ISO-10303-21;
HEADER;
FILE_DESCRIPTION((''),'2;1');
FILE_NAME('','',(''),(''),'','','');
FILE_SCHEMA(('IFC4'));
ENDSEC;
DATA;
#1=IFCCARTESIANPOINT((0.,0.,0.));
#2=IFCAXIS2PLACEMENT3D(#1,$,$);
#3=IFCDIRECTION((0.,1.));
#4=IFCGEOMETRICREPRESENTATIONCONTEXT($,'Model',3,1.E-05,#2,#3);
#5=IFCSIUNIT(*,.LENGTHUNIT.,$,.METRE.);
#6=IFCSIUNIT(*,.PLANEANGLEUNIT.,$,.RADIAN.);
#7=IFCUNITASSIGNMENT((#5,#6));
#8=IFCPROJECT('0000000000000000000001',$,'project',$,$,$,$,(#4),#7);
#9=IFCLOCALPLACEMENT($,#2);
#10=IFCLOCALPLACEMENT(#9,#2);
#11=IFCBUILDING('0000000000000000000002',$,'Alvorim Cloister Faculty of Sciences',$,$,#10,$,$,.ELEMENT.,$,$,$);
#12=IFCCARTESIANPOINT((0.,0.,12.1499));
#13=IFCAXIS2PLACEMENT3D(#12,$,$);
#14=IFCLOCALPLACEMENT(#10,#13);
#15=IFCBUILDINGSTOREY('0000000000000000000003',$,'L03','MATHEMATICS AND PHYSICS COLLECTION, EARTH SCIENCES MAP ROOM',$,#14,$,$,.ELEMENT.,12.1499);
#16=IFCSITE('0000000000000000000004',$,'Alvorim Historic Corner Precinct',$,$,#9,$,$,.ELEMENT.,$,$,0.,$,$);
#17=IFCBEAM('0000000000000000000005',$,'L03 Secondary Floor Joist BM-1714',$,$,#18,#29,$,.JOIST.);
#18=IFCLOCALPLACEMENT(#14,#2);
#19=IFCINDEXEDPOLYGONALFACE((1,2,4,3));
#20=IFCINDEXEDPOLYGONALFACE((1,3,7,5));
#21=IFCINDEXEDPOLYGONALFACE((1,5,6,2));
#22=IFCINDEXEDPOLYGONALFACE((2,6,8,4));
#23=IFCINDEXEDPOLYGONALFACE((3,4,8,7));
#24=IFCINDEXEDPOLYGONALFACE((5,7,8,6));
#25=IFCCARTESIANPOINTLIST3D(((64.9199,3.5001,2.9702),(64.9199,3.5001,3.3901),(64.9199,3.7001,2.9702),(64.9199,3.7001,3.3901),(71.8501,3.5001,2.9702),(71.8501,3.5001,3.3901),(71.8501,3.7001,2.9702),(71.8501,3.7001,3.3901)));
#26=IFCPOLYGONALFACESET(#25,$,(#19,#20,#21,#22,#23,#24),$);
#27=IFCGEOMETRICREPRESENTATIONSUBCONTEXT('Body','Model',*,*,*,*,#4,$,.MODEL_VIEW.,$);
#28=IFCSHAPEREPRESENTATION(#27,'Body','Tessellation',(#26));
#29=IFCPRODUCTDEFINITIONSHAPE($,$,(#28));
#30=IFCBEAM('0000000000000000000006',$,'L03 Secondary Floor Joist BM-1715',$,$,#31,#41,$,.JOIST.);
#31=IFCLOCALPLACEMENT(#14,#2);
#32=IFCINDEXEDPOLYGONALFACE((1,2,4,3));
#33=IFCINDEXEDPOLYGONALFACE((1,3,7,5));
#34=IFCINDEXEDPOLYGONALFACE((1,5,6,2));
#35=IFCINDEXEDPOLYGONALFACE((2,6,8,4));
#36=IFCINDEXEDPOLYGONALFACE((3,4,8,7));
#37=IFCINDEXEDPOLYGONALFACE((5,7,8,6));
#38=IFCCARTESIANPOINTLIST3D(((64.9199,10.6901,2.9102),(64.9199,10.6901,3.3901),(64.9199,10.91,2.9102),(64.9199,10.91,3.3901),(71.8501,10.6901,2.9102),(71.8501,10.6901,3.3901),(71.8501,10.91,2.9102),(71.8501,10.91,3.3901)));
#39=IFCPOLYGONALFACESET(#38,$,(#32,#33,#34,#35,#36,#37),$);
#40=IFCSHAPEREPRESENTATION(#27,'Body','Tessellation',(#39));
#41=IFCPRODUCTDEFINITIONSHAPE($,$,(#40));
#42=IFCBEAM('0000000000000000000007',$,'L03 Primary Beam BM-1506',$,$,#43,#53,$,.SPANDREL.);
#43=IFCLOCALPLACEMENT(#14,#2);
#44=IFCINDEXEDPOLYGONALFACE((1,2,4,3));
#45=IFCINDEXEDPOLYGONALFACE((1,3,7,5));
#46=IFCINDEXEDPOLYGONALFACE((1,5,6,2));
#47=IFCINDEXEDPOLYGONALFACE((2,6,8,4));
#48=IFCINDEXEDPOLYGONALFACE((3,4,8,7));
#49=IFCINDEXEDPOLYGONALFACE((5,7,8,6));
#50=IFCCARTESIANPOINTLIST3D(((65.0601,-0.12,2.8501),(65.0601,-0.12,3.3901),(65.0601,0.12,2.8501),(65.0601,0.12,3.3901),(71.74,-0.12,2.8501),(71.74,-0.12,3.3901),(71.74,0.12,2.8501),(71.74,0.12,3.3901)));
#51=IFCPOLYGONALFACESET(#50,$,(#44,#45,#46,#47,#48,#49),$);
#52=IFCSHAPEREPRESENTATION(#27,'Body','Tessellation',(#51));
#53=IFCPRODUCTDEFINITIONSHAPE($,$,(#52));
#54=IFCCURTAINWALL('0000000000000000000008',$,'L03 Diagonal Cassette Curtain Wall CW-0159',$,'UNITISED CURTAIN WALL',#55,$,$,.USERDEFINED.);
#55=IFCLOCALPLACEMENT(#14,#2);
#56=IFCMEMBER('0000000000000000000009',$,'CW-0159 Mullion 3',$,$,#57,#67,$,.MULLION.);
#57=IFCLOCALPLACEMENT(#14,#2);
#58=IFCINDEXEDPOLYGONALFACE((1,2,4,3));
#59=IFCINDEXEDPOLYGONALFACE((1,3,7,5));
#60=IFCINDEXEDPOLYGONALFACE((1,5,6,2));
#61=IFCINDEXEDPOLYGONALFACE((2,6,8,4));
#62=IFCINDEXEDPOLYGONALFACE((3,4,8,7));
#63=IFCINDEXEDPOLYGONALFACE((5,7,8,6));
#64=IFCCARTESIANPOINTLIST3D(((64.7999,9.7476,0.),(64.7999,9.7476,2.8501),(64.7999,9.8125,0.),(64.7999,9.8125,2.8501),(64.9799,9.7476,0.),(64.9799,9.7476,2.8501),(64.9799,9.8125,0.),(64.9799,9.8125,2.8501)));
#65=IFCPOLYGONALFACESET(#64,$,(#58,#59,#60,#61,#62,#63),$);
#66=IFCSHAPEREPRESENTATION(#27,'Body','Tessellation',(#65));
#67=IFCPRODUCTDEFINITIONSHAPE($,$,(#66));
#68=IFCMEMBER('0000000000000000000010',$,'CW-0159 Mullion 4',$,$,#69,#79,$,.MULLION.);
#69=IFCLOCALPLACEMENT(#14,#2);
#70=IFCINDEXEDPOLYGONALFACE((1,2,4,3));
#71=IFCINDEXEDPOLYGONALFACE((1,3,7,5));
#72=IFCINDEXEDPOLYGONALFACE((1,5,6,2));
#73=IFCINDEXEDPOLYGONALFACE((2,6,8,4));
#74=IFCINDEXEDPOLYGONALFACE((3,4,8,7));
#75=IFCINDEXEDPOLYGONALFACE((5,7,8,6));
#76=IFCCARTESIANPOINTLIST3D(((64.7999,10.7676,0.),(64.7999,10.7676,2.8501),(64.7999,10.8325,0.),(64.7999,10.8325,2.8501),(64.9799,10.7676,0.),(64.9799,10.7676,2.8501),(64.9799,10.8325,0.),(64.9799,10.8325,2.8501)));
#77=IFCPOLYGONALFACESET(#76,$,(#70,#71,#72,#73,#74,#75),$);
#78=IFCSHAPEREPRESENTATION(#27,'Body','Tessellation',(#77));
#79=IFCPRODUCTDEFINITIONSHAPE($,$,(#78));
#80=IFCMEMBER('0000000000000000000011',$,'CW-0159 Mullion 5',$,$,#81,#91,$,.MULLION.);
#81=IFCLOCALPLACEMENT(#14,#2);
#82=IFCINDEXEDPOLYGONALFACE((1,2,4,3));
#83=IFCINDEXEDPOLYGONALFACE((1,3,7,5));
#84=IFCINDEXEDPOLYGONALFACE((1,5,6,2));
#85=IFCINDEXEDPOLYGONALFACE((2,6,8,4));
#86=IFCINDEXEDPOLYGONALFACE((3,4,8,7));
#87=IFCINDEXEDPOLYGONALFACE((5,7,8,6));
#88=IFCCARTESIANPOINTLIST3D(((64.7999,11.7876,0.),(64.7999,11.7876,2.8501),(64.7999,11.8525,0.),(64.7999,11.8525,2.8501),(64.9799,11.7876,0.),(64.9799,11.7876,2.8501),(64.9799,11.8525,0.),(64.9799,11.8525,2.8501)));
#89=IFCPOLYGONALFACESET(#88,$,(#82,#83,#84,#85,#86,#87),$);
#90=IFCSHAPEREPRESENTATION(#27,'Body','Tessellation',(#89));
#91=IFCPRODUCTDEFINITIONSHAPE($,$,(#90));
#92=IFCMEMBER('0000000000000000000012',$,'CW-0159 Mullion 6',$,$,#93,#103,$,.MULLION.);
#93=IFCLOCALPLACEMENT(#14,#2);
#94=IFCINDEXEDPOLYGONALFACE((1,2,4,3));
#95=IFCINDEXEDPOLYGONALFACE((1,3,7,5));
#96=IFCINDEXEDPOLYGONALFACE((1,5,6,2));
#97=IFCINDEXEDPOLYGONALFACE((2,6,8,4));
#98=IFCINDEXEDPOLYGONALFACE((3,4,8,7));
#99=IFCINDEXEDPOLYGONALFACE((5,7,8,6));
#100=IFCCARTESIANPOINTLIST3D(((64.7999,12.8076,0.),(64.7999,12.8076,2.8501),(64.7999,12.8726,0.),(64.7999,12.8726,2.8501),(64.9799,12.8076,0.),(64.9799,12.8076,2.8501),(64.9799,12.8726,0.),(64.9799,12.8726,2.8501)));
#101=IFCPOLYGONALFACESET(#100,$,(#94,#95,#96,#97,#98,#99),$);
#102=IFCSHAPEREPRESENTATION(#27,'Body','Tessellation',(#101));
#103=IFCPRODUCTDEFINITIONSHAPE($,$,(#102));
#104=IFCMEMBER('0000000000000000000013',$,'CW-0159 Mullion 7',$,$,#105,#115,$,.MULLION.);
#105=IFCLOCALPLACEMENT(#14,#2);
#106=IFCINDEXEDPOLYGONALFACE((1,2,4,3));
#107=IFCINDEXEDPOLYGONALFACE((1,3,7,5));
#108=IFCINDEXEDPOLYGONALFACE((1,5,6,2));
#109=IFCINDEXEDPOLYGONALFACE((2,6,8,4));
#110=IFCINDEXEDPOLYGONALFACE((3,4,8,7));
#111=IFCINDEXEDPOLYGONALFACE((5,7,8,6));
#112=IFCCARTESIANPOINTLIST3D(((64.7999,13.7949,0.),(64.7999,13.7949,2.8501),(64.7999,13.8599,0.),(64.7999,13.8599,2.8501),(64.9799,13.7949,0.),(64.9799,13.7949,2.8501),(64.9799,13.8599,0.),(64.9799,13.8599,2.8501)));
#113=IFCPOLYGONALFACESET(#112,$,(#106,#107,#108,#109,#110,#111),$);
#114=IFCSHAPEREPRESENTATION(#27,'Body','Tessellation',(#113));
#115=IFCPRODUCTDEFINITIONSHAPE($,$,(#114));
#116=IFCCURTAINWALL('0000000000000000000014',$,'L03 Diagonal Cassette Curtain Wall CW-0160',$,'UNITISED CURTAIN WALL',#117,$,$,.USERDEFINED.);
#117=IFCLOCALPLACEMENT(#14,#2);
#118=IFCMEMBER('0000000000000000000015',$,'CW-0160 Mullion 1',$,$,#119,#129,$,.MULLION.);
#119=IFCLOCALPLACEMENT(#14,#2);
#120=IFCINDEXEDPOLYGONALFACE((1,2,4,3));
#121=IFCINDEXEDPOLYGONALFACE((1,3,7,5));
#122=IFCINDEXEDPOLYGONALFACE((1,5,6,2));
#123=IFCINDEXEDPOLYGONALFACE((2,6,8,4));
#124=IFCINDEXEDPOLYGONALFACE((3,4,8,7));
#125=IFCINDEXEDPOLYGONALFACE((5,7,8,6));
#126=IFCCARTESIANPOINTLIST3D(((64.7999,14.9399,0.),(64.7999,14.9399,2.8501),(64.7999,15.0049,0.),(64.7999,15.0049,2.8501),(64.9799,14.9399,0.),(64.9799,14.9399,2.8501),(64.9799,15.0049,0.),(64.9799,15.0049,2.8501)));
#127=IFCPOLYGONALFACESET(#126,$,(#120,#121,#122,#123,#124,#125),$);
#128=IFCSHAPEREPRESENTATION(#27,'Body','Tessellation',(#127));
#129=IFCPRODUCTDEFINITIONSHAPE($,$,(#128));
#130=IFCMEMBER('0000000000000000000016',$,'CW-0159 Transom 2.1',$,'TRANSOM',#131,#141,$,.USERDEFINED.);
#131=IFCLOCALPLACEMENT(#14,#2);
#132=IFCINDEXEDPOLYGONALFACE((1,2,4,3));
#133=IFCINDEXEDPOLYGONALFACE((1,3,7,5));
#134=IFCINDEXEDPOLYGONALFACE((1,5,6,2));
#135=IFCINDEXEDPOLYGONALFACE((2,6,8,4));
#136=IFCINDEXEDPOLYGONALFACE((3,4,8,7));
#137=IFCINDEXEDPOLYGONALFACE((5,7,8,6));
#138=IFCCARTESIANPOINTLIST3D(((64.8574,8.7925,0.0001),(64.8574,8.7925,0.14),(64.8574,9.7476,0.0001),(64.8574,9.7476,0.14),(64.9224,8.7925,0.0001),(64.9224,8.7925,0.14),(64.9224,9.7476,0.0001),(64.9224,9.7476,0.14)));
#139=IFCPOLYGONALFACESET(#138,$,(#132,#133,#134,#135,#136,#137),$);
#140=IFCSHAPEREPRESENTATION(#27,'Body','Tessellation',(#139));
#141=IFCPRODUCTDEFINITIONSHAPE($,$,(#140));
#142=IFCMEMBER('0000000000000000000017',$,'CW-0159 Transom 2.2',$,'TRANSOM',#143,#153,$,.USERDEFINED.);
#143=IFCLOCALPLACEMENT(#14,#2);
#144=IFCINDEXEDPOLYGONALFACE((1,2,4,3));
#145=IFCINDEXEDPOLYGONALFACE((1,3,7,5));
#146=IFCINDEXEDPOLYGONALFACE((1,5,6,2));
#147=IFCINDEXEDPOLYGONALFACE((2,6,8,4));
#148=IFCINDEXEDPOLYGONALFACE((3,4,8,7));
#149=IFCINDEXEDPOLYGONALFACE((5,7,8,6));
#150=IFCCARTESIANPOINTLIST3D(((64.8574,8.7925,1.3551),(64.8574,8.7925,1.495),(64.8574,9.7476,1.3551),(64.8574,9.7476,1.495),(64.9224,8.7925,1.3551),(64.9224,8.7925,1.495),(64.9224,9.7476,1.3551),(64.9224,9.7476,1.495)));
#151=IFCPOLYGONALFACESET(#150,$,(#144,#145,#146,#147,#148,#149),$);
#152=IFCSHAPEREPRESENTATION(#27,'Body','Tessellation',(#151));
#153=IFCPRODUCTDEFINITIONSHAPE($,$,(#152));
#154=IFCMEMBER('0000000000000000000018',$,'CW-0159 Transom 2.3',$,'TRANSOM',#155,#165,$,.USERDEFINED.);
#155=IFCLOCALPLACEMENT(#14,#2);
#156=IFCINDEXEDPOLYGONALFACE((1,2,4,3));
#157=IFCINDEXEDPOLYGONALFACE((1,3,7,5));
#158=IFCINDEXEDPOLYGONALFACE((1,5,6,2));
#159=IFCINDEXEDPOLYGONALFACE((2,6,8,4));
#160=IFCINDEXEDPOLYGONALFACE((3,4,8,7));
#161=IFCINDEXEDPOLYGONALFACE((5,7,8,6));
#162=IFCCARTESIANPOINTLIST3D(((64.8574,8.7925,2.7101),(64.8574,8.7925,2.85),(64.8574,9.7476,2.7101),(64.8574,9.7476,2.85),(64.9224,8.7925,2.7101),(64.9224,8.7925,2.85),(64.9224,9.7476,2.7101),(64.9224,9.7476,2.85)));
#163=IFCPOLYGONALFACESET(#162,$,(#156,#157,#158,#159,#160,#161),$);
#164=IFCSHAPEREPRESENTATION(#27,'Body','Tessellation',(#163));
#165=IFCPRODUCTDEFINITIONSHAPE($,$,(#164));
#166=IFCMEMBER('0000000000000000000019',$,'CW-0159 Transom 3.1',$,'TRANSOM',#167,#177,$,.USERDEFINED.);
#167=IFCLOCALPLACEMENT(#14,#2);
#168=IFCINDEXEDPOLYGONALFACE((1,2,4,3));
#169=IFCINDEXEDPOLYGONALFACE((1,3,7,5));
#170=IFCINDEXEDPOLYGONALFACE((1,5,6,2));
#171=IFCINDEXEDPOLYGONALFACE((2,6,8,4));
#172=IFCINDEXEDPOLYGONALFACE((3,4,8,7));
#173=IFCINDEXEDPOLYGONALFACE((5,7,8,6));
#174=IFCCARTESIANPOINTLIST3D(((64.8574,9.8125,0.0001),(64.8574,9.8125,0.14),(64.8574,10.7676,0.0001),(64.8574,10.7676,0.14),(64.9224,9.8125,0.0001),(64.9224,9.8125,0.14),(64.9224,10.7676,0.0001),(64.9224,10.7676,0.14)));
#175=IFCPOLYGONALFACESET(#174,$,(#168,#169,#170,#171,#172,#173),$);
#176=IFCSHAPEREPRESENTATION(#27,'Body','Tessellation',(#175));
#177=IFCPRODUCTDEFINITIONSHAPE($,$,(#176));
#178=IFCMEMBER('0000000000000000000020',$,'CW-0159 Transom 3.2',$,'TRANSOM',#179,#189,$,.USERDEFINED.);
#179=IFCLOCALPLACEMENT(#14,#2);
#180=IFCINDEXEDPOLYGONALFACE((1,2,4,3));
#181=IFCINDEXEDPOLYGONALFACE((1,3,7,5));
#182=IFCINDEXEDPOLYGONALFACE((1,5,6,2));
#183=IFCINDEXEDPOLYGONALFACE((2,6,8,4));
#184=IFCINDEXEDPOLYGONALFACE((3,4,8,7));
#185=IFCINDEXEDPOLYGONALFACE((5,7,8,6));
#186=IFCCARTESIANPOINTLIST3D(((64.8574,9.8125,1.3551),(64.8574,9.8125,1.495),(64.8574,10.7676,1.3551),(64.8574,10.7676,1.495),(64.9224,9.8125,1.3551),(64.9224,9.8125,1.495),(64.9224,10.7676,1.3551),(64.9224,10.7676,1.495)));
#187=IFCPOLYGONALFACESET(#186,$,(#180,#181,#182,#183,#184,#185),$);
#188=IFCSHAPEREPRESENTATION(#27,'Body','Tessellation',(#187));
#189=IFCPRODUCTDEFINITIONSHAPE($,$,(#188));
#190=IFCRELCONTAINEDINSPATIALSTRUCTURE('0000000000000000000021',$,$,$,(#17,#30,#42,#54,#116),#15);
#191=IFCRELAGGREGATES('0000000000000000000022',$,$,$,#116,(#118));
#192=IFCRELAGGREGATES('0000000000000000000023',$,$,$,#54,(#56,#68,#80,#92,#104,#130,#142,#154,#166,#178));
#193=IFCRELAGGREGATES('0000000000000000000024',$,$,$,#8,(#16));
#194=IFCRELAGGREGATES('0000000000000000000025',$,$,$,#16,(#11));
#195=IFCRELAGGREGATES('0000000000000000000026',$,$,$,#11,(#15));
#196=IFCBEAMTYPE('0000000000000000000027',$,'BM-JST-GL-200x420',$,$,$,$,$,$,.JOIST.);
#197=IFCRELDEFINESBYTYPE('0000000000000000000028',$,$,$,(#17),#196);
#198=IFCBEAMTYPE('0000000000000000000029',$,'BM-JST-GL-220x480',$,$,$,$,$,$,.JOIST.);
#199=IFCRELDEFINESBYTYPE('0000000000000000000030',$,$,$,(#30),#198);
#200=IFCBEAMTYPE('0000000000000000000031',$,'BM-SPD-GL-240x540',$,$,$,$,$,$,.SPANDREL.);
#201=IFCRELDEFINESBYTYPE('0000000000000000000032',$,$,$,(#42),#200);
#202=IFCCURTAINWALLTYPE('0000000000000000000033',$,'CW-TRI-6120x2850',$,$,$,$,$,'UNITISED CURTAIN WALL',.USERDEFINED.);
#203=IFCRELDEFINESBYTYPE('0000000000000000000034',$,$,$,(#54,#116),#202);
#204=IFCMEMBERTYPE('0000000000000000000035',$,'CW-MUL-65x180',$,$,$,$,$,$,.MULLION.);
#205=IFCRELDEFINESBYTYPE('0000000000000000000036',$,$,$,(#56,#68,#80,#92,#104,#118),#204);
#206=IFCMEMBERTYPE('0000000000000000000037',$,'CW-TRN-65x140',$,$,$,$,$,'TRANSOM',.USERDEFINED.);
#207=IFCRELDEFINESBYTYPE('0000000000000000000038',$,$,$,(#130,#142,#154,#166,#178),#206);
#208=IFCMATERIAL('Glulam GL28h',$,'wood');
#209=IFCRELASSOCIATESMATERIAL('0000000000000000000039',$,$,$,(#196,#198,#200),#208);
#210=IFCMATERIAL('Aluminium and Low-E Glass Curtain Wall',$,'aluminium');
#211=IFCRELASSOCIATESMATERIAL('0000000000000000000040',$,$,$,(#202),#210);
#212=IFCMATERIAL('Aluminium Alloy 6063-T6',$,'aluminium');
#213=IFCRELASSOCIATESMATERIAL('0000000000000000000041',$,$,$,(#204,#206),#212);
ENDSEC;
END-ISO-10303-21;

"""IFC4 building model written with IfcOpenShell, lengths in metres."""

from ifc_helpers import new_model, si_unit, direction, frame, origin, origin_2d, place, context, subcontext, project, spatial, rectangle, extrude, material, material_profile, profile_set, type_object, element, aggregate, save


model = new_model("IFC4")

# Units and contexts
model_context = context("Model", 3, precision=1e-05, world=origin(), true_north=direction((0.0, 1.0)))
body_context = subcontext(model_context, "Body", "Model", "MODEL_VIEW")
ifc_project = project(units=[si_unit("LENGTHUNIT", "METRE"), si_unit("PLANEANGLEUNIT", "RADIAN")], contexts=[model_context])

# Site, building, storey
site_placement = place(None, origin())
site = spatial("IfcSite", under=ifc_project, at=site_placement, Name="Alvorim Historic Corner Precinct", CompositionType="ELEMENT", RefElevation=0.0)
building_placement = place(site_placement, origin())
building = spatial("IfcBuilding", under=site, at=building_placement, Name="Alvorim Cloister Faculty of Sciences", CompositionType="ELEMENT")
storey_placement = place(building_placement, frame((0.0, 0.0, 12.1499)))
storey = spatial("IfcBuildingStorey", under=building, at=storey_placement, Name="L03", Description="MATHEMATICS AND PHYSICS COLLECTION, EARTH SCIENCES MAP ROOM", CompositionType="ELEMENT", Elevation=12.1499)

# Beams
ifc_material_1 = material(Name="Glulam GL28h", Category="wood")
ifc_material_profile_1 = material_profile(ifc_material_1, rectangle(XDim=0.2, YDim=0.4199, at=origin_2d()), Name="GL28-JST-200x420")
ifc_profile_set_1 = profile_set([ifc_material_profile_1], Name="Glulam GL28h")
beam_type_1 = type_object("IfcBeamType", Name="BM-JST-GL-200x420", PredefinedType="JOIST", material=ifc_profile_set_1)
beam_1_placement = place(storey_placement, frame((64.9199, 3.6001, 3.1802), z_axis=(1.0, 0.0, 0.0), x_axis=(0.0, 1.0, 0.0)))
element("IfcBeam", 1, at=beam_1_placement, inside=storey, type_object=beam_type_1, Name="L03 Secondary Floor Joist BM-1714", PredefinedType="JOIST", context=body_context, shape_type="SweptSolid", body=[
    extrude(rectangle(XDim=0.2, YDim=0.4199, at=origin_2d()), origin(), (0.0, 0.0, 1.0), 6.9302),
])
ifc_material_profile_2 = material_profile(ifc_material_1, rectangle(XDim=0.22, YDim=0.48, at=origin_2d()), Name="GL28-JST-220x480")
ifc_profile_set_2 = profile_set([ifc_material_profile_2], Name="Glulam GL28h")
beam_type_2 = type_object("IfcBeamType", Name="BM-JST-GL-220x480", PredefinedType="JOIST", material=ifc_profile_set_2)
beam_2_placement = place(storey_placement, frame((64.9199, 10.8, 3.1501), z_axis=(1.0, 0.0, 0.0), x_axis=(0.0, 1.0, 0.0)))
element("IfcBeam", 2, at=beam_2_placement, inside=storey, type_object=beam_type_2, Name="L03 Secondary Floor Joist BM-1715", PredefinedType="JOIST", context=body_context, shape_type="SweptSolid", body=[
    extrude(rectangle(XDim=0.22, YDim=0.48, at=origin_2d()), origin(), (0.0, 0.0, 1.0), 6.9302),
])
ifc_material_profile_3 = material_profile(ifc_material_1, rectangle(XDim=0.24, YDim=0.54, at=origin_2d()), Name="GL28-SPD-240x540")
ifc_profile_set_3 = profile_set([ifc_material_profile_3], Name="Glulam GL28h")
beam_type_3 = type_object("IfcBeamType", Name="BM-SPD-GL-240x540", PredefinedType="SPANDREL", material=ifc_profile_set_3)
beam_3_placement = place(storey_placement, frame((65.0601, 0.0, 3.1201), z_axis=(1.0, 0.0, 0.0), x_axis=(0.0, 1.0, 0.0)))
element("IfcBeam", 3, at=beam_3_placement, inside=storey, type_object=beam_type_3, Name="L03 Primary Beam BM-1506", PredefinedType="SPANDREL", context=body_context, shape_type="SweptSolid", body=[
    extrude(rectangle(XDim=0.24, YDim=0.54, at=origin_2d()), origin(), (0.0, 0.0, 1.0), 6.6799),
])

# Curtain wall, members
ifc_material_2 = material(Name="Aluminium and Low-E Glass Curtain Wall", Category="aluminium")
curtain_wall_type = type_object("IfcCurtainWallType", Name="CW-TRI-6120x2850", ElementType="UNITISED CURTAIN WALL", PredefinedType="USERDEFINED", material=ifc_material_2)
curtain_wall_1_placement = place(storey_placement, origin())
curtain_wall_1 = element("IfcCurtainWall", 4, at=curtain_wall_1_placement, inside=storey, type_object=curtain_wall_type, Name="L03 Diagonal Cassette Curtain Wall CW-0159", ObjectType="UNITISED CURTAIN WALL", PredefinedType="USERDEFINED")
ifc_material_3 = material(Name="Aluminium Alloy 6063-T6", Category="aluminium")
ifc_material_profile_4 = material_profile(ifc_material_3, rectangle(XDim=0.0649, YDim=0.1799, at=origin_2d()), Name="ALU-MUL-65x180")
ifc_profile_set_4 = profile_set([ifc_material_profile_4], Name="Aluminium Alloy 6063-T6")
member_type_1 = type_object("IfcMemberType", Name="CW-MUL-65x180", PredefinedType="MULLION", material=ifc_profile_set_4)
member_1_placement = place(storey_placement, frame((64.8899, 9.78, 0.0), z_axis=(0.0, 0.0, 1.0), x_axis=(0.0, 1.0, 0.0)))
member_1 = element("IfcMember", 5, at=member_1_placement, type_object=member_type_1, Name="CW-0159 Mullion 3", PredefinedType="MULLION", context=body_context, shape_type="SweptSolid", body=[
    extrude(rectangle(XDim=0.0649, YDim=0.1799, at=origin_2d()), origin(), (0.0, 0.0, 1.0), 2.8501),
])
member_2_placement = place(storey_placement, frame((64.8899, 10.8, 0.0), z_axis=(0.0, 0.0, 1.0), x_axis=(0.0, 1.0, 0.0)))
member_2 = element("IfcMember", 6, at=member_2_placement, type_object=member_type_1, Name="CW-0159 Mullion 4", PredefinedType="MULLION", context=body_context, shape_type="SweptSolid", body=[
    extrude(rectangle(XDim=0.0649, YDim=0.1799, at=origin_2d()), origin(), (0.0, 0.0, 1.0), 2.8501),
])
member_3_placement = place(storey_placement, frame((64.8899, 11.8201, 0.0), z_axis=(0.0, 0.0, 1.0), x_axis=(0.0, 1.0, 0.0)))
member_3 = element("IfcMember", 7, at=member_3_placement, type_object=member_type_1, Name="CW-0159 Mullion 5", PredefinedType="MULLION", context=body_context, shape_type="SweptSolid", body=[
    extrude(rectangle(XDim=0.0649, YDim=0.1799, at=origin_2d()), origin(), (0.0, 0.0, 1.0), 2.8501),
])
member_4_placement = place(storey_placement, frame((64.8899, 12.8401, 0.0), z_axis=(0.0, 0.0, 1.0), x_axis=(0.0, 1.0, 0.0)))
member_4 = element("IfcMember", 8, at=member_4_placement, type_object=member_type_1, Name="CW-0159 Mullion 6", PredefinedType="MULLION", context=body_context, shape_type="SweptSolid", body=[
    extrude(rectangle(XDim=0.0649, YDim=0.1799, at=origin_2d()), origin(), (0.0, 0.0, 1.0), 2.8501),
])
member_5_placement = place(storey_placement, frame((64.8899, 13.8274, 0.0), z_axis=(0.0, 0.0, 1.0), x_axis=(0.0, 1.0, 0.0)))
member_5 = element("IfcMember", 9, at=member_5_placement, type_object=member_type_1, Name="CW-0159 Mullion 7", PredefinedType="MULLION", context=body_context, shape_type="SweptSolid", body=[
    extrude(rectangle(XDim=0.0649, YDim=0.1799, at=origin_2d()), origin(), (0.0, 0.0, 1.0), 2.8501),
])

# Curtain wall, member
curtain_wall_2_placement = place(storey_placement, origin())
curtain_wall_2 = element("IfcCurtainWall", 10, at=curtain_wall_2_placement, inside=storey, type_object=curtain_wall_type, Name="L03 Diagonal Cassette Curtain Wall CW-0160", ObjectType="UNITISED CURTAIN WALL", PredefinedType="USERDEFINED")
member_6_placement = place(storey_placement, frame((64.8899, 14.9724, 0.0), z_axis=(0.0, 0.0, 1.0), x_axis=(0.0, 1.0, 0.0)))
member_6 = element("IfcMember", 11, at=member_6_placement, type_object=member_type_1, Name="CW-0160 Mullion 1", PredefinedType="MULLION", context=body_context, shape_type="SweptSolid", body=[
    extrude(rectangle(XDim=0.0649, YDim=0.1799, at=origin_2d()), origin(), (0.0, 0.0, 1.0), 2.8501),
])
aggregate(curtain_wall_2, [member_6])

# Members
ifc_material_profile_5 = material_profile(ifc_material_3, rectangle(XDim=0.0649, YDim=0.1399, at=origin_2d()), Name="ALU-TRN-65x140")
ifc_profile_set_5 = profile_set([ifc_material_profile_5], Name="Aluminium Alloy 6063-T6")
member_type_2 = type_object("IfcMemberType", Name="CW-TRN-65x140", ElementType="TRANSOM", PredefinedType="USERDEFINED", material=ifc_profile_set_5)
member_7_placement = place(storey_placement, frame((64.8899, 8.7925, 0.0701), z_axis=(0.0, 1.0, 0.0), x_axis=(-1.0, 0.0, 0.0)))
member_7 = element("IfcMember", 12, at=member_7_placement, type_object=member_type_2, Name="CW-0159 Transom 2.1", ObjectType="TRANSOM", PredefinedType="USERDEFINED", context=body_context, shape_type="SweptSolid", body=[
    extrude(rectangle(XDim=0.0649, YDim=0.1399, at=origin_2d()), origin(), (0.0, 0.0, 1.0), 0.9551),
])
member_8_placement = place(storey_placement, frame((64.8899, 8.7925, 1.425), z_axis=(0.0, 1.0, 0.0), x_axis=(-1.0, 0.0, 0.0)))
member_8 = element("IfcMember", 13, at=member_8_placement, type_object=member_type_2, Name="CW-0159 Transom 2.2", ObjectType="TRANSOM", PredefinedType="USERDEFINED", context=body_context, shape_type="SweptSolid", body=[
    extrude(rectangle(XDim=0.0649, YDim=0.1399, at=origin_2d()), origin(), (0.0, 0.0, 1.0), 0.9551),
])
member_9_placement = place(storey_placement, frame((64.8899, 8.7925, 2.78), z_axis=(0.0, 1.0, 0.0), x_axis=(-1.0, 0.0, 0.0)))
member_9 = element("IfcMember", 14, at=member_9_placement, type_object=member_type_2, Name="CW-0159 Transom 2.3", ObjectType="TRANSOM", PredefinedType="USERDEFINED", context=body_context, shape_type="SweptSolid", body=[
    extrude(rectangle(XDim=0.0649, YDim=0.1399, at=origin_2d()), origin(), (0.0, 0.0, 1.0), 0.9551),
])
member_10_placement = place(storey_placement, frame((64.8899, 9.8125, 0.0701), z_axis=(0.0, 1.0, 0.0), x_axis=(-1.0, 0.0, 0.0)))
member_10 = element("IfcMember", 15, at=member_10_placement, type_object=member_type_2, Name="CW-0159 Transom 3.1", ObjectType="TRANSOM", PredefinedType="USERDEFINED", context=body_context, shape_type="SweptSolid", body=[
    extrude(rectangle(XDim=0.0649, YDim=0.1399, at=origin_2d()), origin(), (0.0, 0.0, 1.0), 0.9551),
])
member_11_placement = place(storey_placement, frame((64.8899, 9.8125, 1.425), z_axis=(0.0, 1.0, 0.0), x_axis=(-1.0, 0.0, 0.0)))
member_11 = element("IfcMember", 16, at=member_11_placement, type_object=member_type_2, Name="CW-0159 Transom 3.2", ObjectType="TRANSOM", PredefinedType="USERDEFINED", context=body_context, shape_type="SweptSolid", body=[
    extrude(rectangle(XDim=0.0649, YDim=0.1399, at=origin_2d()), origin(), (0.0, 0.0, 1.0), 0.9551),
])
aggregate(curtain_wall_1, [member_1, member_2, member_3, member_4, member_5, member_7, member_8, member_9, member_10, member_11])

save(model, "model.ifc")
